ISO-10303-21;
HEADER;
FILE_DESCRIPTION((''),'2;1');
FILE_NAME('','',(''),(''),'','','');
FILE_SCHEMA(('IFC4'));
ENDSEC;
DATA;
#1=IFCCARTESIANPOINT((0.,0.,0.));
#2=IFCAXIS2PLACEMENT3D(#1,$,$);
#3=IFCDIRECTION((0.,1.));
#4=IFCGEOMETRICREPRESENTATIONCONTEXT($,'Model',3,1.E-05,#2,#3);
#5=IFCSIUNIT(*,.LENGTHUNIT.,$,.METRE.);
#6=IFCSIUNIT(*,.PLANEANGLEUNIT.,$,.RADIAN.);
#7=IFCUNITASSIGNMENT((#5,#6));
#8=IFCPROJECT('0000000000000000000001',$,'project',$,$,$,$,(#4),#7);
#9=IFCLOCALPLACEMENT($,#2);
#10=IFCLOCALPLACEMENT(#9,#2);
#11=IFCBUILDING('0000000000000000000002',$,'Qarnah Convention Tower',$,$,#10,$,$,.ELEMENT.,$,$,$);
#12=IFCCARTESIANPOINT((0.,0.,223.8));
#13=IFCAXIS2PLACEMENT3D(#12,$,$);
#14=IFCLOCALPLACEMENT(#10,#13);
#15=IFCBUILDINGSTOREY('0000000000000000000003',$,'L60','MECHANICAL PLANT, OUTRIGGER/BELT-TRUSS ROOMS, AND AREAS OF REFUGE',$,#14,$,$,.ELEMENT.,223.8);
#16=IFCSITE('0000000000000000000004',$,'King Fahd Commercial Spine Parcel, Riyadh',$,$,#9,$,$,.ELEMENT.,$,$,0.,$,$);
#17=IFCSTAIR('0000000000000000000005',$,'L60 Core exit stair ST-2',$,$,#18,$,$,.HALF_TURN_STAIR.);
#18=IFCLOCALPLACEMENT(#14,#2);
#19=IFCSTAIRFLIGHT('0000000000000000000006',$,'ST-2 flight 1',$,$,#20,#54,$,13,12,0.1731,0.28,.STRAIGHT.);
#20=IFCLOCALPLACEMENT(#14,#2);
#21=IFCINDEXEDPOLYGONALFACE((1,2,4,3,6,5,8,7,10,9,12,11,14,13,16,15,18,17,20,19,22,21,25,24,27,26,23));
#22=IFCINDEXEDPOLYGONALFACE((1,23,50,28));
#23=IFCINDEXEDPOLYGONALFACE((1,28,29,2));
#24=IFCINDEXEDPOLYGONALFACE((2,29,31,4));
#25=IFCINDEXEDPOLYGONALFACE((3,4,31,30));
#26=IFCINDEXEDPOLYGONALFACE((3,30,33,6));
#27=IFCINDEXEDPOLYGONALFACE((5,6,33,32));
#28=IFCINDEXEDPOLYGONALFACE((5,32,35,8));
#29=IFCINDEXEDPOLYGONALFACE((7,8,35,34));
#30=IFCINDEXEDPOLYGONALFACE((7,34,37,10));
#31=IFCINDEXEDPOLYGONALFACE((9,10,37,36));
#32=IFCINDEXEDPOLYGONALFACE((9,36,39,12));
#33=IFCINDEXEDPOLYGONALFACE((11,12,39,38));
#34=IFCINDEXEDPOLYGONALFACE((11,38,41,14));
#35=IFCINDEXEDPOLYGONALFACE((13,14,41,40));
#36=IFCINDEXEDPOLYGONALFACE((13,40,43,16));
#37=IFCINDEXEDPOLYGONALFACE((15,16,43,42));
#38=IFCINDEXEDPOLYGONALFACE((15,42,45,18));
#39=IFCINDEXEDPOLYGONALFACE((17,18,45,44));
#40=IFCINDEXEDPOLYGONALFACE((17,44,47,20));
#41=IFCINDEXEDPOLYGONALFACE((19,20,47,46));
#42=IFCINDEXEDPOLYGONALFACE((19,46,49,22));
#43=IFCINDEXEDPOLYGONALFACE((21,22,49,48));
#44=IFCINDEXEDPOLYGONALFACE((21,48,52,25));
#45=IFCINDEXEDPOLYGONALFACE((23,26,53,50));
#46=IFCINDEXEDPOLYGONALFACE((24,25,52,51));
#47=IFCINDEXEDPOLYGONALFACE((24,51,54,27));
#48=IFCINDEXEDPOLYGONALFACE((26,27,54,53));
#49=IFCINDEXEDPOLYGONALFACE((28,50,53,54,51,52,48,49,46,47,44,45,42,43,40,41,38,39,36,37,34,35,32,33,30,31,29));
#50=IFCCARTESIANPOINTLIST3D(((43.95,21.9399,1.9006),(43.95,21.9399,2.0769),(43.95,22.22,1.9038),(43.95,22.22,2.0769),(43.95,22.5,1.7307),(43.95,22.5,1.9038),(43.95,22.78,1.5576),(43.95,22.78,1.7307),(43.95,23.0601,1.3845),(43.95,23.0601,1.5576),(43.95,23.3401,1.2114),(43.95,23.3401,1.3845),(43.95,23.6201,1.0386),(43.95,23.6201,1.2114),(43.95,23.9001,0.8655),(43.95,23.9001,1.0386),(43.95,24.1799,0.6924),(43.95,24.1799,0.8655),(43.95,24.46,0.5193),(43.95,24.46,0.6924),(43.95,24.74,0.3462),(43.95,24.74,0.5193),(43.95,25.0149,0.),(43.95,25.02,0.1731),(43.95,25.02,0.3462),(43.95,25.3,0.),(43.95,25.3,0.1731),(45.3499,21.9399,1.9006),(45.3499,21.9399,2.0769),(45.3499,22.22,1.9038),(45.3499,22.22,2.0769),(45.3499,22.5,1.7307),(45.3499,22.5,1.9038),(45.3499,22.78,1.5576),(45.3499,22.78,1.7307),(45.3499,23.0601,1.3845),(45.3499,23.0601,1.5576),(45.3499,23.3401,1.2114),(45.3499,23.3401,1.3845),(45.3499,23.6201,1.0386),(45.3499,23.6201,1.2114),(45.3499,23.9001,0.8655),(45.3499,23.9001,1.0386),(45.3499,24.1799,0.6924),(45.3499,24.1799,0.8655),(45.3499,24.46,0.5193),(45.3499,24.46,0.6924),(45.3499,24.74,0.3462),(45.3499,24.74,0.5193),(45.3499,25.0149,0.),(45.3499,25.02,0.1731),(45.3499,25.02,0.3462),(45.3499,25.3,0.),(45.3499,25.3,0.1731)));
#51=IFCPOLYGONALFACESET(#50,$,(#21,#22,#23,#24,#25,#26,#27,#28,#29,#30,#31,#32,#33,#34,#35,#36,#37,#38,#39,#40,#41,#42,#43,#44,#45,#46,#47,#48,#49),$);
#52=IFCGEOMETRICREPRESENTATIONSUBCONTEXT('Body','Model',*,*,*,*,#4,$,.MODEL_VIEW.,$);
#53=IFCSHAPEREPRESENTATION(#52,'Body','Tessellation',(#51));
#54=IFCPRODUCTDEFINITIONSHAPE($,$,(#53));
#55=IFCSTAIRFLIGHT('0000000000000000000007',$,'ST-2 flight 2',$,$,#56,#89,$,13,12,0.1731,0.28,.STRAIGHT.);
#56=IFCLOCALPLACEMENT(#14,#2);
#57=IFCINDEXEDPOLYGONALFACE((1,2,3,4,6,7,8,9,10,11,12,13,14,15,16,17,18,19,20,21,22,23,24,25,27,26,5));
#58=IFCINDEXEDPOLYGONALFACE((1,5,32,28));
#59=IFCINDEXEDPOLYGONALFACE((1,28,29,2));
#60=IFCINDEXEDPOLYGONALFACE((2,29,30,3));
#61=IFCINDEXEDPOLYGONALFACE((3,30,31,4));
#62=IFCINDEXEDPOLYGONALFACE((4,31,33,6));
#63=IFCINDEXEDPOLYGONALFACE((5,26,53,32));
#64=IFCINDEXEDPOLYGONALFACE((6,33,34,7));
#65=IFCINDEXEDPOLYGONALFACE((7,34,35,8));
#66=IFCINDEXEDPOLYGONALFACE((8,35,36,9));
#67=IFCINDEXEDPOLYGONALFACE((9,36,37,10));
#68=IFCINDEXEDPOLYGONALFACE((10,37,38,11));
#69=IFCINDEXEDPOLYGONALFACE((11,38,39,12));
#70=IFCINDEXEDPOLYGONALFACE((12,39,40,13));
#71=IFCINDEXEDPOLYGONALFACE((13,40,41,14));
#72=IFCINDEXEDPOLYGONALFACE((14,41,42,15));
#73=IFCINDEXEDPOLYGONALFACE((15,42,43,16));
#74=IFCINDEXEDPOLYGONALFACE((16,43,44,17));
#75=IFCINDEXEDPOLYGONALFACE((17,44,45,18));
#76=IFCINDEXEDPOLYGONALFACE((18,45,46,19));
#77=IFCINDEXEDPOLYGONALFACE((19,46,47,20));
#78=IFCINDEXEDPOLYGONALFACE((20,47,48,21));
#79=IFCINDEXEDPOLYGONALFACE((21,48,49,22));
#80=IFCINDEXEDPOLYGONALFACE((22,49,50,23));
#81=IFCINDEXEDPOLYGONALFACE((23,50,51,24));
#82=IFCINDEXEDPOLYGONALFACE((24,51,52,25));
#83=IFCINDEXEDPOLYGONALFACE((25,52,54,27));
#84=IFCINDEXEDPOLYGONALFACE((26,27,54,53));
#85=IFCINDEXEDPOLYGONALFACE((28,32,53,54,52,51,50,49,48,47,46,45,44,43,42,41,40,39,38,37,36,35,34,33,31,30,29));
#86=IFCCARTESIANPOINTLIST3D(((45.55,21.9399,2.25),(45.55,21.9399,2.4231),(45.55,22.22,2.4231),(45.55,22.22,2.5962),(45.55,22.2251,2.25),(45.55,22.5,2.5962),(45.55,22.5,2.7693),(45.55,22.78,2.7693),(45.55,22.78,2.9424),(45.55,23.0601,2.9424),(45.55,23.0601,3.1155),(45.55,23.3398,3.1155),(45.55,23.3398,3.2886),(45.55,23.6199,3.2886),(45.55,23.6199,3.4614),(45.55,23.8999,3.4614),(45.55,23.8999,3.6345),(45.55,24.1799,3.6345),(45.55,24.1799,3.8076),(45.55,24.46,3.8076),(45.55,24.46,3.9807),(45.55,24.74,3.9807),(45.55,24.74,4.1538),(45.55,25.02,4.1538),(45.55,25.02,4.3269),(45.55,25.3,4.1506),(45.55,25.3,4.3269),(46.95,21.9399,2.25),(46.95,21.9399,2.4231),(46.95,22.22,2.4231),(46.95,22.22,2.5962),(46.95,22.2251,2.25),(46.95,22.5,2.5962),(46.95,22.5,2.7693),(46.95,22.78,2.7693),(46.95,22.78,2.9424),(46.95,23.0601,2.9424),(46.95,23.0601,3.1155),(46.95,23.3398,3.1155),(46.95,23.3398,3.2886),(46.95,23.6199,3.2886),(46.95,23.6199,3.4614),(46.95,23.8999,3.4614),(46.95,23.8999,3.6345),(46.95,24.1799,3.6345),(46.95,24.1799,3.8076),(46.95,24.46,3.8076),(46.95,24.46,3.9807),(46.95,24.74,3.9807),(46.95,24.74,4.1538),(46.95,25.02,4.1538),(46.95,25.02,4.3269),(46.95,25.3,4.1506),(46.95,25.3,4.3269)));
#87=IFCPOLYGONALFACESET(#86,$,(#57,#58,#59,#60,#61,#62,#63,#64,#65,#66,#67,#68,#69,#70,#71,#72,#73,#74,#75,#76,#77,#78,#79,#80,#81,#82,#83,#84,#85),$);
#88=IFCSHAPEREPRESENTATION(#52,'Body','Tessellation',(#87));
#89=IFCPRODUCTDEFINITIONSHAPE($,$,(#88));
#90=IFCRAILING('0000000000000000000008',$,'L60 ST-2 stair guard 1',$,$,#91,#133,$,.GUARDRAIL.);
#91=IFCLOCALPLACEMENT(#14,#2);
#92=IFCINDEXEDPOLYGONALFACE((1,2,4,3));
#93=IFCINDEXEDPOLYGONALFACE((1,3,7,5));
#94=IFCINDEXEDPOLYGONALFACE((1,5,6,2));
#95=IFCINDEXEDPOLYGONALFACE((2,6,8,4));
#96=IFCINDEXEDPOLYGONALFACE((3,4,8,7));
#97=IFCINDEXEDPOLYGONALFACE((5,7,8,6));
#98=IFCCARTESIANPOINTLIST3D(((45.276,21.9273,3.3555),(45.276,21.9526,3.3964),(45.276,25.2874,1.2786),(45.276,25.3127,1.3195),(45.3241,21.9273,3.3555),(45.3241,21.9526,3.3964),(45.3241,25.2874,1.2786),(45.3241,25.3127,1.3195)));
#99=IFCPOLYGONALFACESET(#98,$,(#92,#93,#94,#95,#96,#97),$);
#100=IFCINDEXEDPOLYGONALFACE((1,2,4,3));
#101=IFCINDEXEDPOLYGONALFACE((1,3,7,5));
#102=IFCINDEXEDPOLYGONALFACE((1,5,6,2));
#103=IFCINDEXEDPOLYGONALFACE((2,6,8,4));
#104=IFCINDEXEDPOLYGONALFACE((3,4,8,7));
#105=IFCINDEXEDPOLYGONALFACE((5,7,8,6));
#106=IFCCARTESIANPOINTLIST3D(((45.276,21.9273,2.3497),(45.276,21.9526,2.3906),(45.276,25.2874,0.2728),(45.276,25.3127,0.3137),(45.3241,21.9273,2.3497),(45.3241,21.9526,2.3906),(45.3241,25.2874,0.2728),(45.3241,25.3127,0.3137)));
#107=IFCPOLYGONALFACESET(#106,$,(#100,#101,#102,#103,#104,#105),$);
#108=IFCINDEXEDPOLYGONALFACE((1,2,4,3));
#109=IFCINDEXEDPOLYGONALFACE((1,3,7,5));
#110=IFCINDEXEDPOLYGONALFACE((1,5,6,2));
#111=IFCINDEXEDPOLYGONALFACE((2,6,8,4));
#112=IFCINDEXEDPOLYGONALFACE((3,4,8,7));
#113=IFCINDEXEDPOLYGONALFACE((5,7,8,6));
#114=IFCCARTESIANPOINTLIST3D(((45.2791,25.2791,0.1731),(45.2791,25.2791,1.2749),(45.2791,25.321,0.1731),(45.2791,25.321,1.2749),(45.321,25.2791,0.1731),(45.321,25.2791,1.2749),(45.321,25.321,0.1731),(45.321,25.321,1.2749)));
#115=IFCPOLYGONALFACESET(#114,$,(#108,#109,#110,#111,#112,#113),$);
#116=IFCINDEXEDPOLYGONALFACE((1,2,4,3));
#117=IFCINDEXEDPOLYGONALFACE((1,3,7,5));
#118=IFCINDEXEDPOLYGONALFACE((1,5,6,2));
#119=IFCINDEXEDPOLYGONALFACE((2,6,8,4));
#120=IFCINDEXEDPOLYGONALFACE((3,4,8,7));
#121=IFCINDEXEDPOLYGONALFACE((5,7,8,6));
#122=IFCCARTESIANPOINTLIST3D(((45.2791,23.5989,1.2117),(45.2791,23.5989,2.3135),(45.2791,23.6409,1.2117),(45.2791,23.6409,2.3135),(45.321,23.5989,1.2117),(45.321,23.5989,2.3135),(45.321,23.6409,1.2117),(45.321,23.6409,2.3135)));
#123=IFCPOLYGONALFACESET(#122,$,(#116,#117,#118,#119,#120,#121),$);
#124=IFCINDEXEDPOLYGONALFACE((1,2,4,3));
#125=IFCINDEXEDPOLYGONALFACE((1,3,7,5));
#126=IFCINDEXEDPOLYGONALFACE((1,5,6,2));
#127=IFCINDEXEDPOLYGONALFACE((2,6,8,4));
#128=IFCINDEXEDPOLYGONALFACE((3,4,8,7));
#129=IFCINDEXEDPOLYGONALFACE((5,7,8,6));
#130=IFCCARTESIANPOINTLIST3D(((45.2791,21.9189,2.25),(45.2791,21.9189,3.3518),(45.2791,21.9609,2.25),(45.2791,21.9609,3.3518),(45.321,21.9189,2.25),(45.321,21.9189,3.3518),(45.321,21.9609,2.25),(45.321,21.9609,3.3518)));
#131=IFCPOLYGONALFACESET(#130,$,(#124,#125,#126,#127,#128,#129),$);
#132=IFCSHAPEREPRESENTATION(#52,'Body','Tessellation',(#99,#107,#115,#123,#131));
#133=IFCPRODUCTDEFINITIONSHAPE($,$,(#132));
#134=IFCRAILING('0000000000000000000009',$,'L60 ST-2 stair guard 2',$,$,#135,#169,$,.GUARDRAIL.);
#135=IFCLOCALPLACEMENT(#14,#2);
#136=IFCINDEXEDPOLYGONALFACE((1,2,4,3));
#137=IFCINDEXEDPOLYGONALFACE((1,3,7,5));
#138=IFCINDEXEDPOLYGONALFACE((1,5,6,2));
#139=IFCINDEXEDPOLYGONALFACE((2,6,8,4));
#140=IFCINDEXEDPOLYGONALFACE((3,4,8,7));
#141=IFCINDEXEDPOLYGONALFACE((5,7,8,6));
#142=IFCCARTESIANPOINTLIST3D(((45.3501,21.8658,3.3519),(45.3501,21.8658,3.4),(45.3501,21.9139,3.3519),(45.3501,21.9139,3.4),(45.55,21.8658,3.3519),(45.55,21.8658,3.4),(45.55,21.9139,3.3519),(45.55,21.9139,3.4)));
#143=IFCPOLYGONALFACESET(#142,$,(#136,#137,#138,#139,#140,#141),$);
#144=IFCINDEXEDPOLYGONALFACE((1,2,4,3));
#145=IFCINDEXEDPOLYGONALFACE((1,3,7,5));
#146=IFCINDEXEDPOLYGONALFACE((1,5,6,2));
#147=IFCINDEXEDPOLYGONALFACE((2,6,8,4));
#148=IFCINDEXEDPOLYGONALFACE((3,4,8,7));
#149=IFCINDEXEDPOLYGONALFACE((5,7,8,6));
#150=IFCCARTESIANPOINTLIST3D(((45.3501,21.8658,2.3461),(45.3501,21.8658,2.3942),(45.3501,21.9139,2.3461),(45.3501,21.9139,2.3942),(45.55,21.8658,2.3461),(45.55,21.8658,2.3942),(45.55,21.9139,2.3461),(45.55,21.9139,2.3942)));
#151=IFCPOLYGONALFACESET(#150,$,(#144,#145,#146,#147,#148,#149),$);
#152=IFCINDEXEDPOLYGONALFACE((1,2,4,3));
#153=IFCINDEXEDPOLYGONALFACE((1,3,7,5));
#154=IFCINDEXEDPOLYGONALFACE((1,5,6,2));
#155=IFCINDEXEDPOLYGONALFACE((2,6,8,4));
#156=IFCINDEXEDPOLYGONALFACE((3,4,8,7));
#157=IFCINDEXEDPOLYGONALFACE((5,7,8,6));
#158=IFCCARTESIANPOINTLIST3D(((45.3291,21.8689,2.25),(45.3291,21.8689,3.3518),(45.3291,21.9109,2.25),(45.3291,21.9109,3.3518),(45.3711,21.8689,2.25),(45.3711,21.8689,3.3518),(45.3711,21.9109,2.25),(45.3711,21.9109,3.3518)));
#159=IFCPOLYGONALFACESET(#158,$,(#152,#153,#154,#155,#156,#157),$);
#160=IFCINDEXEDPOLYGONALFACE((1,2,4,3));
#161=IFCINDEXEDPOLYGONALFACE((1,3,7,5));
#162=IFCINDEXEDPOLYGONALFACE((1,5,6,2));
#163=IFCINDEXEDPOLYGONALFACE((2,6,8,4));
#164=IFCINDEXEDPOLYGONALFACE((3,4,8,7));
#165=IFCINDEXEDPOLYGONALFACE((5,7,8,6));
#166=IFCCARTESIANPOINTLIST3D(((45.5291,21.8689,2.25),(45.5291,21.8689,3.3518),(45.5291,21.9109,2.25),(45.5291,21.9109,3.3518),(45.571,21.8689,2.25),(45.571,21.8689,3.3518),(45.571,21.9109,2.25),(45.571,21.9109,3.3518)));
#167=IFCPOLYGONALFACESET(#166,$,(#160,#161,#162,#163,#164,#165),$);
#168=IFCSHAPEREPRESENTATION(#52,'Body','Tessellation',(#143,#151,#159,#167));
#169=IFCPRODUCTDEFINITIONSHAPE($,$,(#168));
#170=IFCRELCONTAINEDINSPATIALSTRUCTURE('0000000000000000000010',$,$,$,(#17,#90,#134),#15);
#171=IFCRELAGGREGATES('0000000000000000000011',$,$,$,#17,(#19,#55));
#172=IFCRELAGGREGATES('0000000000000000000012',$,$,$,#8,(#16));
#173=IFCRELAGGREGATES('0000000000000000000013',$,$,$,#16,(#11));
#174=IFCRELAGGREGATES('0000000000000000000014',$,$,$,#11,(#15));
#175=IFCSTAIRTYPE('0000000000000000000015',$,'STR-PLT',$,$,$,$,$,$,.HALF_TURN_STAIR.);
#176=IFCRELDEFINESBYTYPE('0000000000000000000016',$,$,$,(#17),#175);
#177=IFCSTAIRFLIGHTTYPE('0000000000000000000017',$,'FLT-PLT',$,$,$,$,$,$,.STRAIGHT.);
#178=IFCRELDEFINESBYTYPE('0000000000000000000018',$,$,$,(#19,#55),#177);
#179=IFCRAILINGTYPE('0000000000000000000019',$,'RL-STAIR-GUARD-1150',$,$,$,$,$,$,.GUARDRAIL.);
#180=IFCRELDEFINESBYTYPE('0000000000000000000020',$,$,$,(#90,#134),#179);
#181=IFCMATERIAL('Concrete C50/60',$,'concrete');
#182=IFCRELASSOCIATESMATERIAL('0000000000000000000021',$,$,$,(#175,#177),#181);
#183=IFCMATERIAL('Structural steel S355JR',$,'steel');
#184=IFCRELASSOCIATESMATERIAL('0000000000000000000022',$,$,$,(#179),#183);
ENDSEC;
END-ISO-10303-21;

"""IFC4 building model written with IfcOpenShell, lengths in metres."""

from ifc_helpers import new_model, si_unit, direction, frame, origin, origin_2d, place, context, subcontext, project, spatial, polyline, rectangle, outline, extrude, material, type_object, element, aggregate, save


model = new_model("IFC4")

# Units and contexts
model_context = context("Model", 3, precision=1e-05, world=origin(), true_north=direction((0.0, 1.0)))
body_context = subcontext(model_context, "Body", "Model", "MODEL_VIEW")
ifc_project = project(units=[si_unit("LENGTHUNIT", "METRE"), si_unit("PLANEANGLEUNIT", "RADIAN")], contexts=[model_context])

# Site, building, storey
site_placement = place(None, origin())
site = spatial("IfcSite", under=ifc_project, at=site_placement, Name="King Fahd Commercial Spine Parcel, Riyadh", CompositionType="ELEMENT", RefElevation=0.0)
building_placement = place(site_placement, origin())
building = spatial("IfcBuilding", under=site, at=building_placement, Name="Qarnah Convention Tower", CompositionType="ELEMENT")
storey_placement = place(building_placement, frame((0.0, 0.0, 223.8)))
storey = spatial("IfcBuildingStorey", under=building, at=storey_placement, Name="L60", Description="MECHANICAL PLANT, OUTRIGGER/BELT-TRUSS ROOMS, AND AREAS OF REFUGE", CompositionType="ELEMENT", Elevation=223.8)

# Shared definitions
ifc_material_1 = material(Name="Concrete C50/60", Category="concrete")

# Shared definitions
ifc_material_2 = material(Name="Structural steel S355JR", Category="steel")

# Stair, stair flights
stair_type = type_object("IfcStairType", Name="STR-PLT", PredefinedType="HALF_TURN_STAIR", material=ifc_material_1)
stair_placement = place(storey_placement, origin())
stair = element("IfcStair", 1, at=stair_placement, inside=storey, type_object=stair_type, Name="L60 Core exit stair ST-2", PredefinedType="HALF_TURN_STAIR")
stair_flight_type = type_object("IfcStairFlightType", Name="FLT-PLT", PredefinedType="STRAIGHT", material=ifc_material_1)
stair_flight_1_placement = place(storey_placement, frame((44.6499, 25.3, 0.0), z_axis=(0.0, 0.0, 1.0), x_axis=(0.0, -1.0, 0.0)))
stair_flight_1 = element("IfcStairFlight", 2, at=stair_flight_1_placement, type_object=stair_flight_type, Name="ST-2 flight 1", NumberOfRisers=13, NumberOfTreads=12, PredefinedType="STRAIGHT", RiserHeight=0.1731, TreadLength=0.28, context=body_context, shape_type="SweptSolid", body=[
    extrude(outline(polyline([(0.0, 0.0), (0.0, 0.1731), (0.28, 0.1731), (0.28, 0.3462), (0.5601, 0.3462), (0.5601, 0.5193), (0.8401, 0.5193), (0.8401, 0.6924), (1.1201, 0.6924), (1.1201, 0.8655), (1.3999, 0.8655), (1.3999, 1.0386), (1.6799, 1.0386), (1.6799, 1.2114), (1.96, 1.2114), (1.96, 1.3845), (2.24, 1.3845), (2.24, 1.5576), (2.52, 1.5576), (2.52, 1.7307), (2.8, 1.7307), (2.8, 1.9038), (3.0801, 1.9038), (3.0801, 2.0769), (3.3601, 2.0769), (3.3601, 2.25), (3.3601, 1.9006), (0.2852, 0.0), (0.0, 0.0)])), frame((0.0, 0.7, 0.0), z_axis=(0.0, -1.0, 0.0), x_axis=(1.0, 0.0, 0.0)), (0.0, 0.0, 1.0), 1.3999),
])
stair_flight_2_placement = place(storey_placement, frame((46.25, 21.9399, 2.25), z_axis=(0.0, 0.0, 1.0), x_axis=(0.0, 1.0, 0.0)))
stair_flight_2 = element("IfcStairFlight", 3, at=stair_flight_2_placement, type_object=stair_flight_type, Name="ST-2 flight 2", NumberOfRisers=13, NumberOfTreads=12, PredefinedType="STRAIGHT", RiserHeight=0.1731, TreadLength=0.28, context=body_context, shape_type="SweptSolid", body=[
    extrude(outline(polyline([(0.0, 0.0), (0.0, 0.1731), (0.28, 0.1731), (0.28, 0.3462), (0.5601, 0.3462), (0.5601, 0.5193), (0.8401, 0.5193), (0.8401, 0.6924), (1.1201, 0.6924), (1.1201, 0.8655), (1.3999, 0.8655), (1.3999, 1.0386), (1.6799, 1.0386), (1.6799, 1.2114), (1.96, 1.2114), (1.96, 1.3845), (2.24, 1.3845), (2.24, 1.5576), (2.52, 1.5576), (2.52, 1.7307), (2.8, 1.7307), (2.8, 1.9038), (3.0801, 1.9038), (3.0801, 2.0769), (3.3601, 2.0769), (3.3601, 2.25), (3.3601, 1.9006), (0.2852, 0.0), (0.0, 0.0)])), frame((0.0, 0.7, 0.0), z_axis=(0.0, -1.0, 0.0), x_axis=(1.0, 0.0, 0.0)), (0.0, 0.0, 1.0), 1.3999),
])
aggregate(stair, [stair_flight_1, stair_flight_2])

# Railings
railing_type_1 = type_object("IfcRailingType", Name="RL-STAIR-GUARD-1150", PredefinedType="GUARDRAIL", material=ifc_material_2)
railing_1_placement = place(storey_placement, frame((45.3, 25.3, 0.1731)))
element("IfcRailing", 4, at=railing_1_placement, inside=storey, type_object=railing_type_1, Name="L60 ST-2 stair guard 1", PredefinedType="GUARDRAIL", context=body_context, shape_type="SweptSolid", body=[
    extrude(rectangle(XDim=0.0481, YDim=0.0481, at=origin_2d()), frame((0.0, 0.0, 1.126), z_axis=(0.0, -0.850623, 0.525776), x_axis=(1.0, 0.0, 0.0)), (0.0, 0.0, 1.0), 3.9502),
    extrude(rectangle(XDim=0.0481, YDim=0.0481, at=origin_2d()), frame((0.0, 0.0, 0.1201), z_axis=(0.0, -0.850623, 0.525776), x_axis=(1.0, 0.0, 0.0)), (0.0, 0.0, 1.0), 3.9502),
    extrude(rectangle(XDim=0.042, YDim=0.042, at=origin_2d()), origin(), (0.0, 0.0, 1.0), 1.1018),
    extrude(rectangle(XDim=0.042, YDim=0.042, at=origin_2d()), frame((0.0, -1.6802, 1.0386)), (0.0, 0.0, 1.0), 1.1018),
    extrude(rectangle(XDim=0.042, YDim=0.042, at=origin_2d()), frame((0.0, -3.3601, 2.0769)), (0.0, 0.0, 1.0), 1.1018),
])
railing_2_placement = place(storey_placement, frame((45.3501, 21.8899, 2.25)))
element("IfcRailing", 5, at=railing_2_placement, inside=storey, type_object=railing_type_1, Name="L60 ST-2 stair guard 2", PredefinedType="GUARDRAIL", context=body_context, shape_type="SweptSolid", body=[
    extrude(rectangle(XDim=0.0481, YDim=0.0481, at=origin_2d()), frame((0.0, 0.0, 1.126), z_axis=(1.0, 0.0, 0.0), x_axis=(0.0, 1.0, 0.0)), (0.0, 0.0, 1.0), 0.2),
    extrude(rectangle(XDim=0.0481, YDim=0.0481, at=origin_2d()), frame((0.0, 0.0, 0.1201), z_axis=(1.0, 0.0, 0.0), x_axis=(0.0, 1.0, 0.0)), (0.0, 0.0, 1.0), 0.2),
    extrude(rectangle(XDim=0.042, YDim=0.042, at=origin_2d()), origin(), (0.0, 0.0, 1.0), 1.1018),
    extrude(rectangle(XDim=0.042, YDim=0.042, at=origin_2d()), frame((0.2, 0.0, 0.0)), (0.0, 0.0, 1.0), 1.1018),
])

save(model, "model.ifc")
